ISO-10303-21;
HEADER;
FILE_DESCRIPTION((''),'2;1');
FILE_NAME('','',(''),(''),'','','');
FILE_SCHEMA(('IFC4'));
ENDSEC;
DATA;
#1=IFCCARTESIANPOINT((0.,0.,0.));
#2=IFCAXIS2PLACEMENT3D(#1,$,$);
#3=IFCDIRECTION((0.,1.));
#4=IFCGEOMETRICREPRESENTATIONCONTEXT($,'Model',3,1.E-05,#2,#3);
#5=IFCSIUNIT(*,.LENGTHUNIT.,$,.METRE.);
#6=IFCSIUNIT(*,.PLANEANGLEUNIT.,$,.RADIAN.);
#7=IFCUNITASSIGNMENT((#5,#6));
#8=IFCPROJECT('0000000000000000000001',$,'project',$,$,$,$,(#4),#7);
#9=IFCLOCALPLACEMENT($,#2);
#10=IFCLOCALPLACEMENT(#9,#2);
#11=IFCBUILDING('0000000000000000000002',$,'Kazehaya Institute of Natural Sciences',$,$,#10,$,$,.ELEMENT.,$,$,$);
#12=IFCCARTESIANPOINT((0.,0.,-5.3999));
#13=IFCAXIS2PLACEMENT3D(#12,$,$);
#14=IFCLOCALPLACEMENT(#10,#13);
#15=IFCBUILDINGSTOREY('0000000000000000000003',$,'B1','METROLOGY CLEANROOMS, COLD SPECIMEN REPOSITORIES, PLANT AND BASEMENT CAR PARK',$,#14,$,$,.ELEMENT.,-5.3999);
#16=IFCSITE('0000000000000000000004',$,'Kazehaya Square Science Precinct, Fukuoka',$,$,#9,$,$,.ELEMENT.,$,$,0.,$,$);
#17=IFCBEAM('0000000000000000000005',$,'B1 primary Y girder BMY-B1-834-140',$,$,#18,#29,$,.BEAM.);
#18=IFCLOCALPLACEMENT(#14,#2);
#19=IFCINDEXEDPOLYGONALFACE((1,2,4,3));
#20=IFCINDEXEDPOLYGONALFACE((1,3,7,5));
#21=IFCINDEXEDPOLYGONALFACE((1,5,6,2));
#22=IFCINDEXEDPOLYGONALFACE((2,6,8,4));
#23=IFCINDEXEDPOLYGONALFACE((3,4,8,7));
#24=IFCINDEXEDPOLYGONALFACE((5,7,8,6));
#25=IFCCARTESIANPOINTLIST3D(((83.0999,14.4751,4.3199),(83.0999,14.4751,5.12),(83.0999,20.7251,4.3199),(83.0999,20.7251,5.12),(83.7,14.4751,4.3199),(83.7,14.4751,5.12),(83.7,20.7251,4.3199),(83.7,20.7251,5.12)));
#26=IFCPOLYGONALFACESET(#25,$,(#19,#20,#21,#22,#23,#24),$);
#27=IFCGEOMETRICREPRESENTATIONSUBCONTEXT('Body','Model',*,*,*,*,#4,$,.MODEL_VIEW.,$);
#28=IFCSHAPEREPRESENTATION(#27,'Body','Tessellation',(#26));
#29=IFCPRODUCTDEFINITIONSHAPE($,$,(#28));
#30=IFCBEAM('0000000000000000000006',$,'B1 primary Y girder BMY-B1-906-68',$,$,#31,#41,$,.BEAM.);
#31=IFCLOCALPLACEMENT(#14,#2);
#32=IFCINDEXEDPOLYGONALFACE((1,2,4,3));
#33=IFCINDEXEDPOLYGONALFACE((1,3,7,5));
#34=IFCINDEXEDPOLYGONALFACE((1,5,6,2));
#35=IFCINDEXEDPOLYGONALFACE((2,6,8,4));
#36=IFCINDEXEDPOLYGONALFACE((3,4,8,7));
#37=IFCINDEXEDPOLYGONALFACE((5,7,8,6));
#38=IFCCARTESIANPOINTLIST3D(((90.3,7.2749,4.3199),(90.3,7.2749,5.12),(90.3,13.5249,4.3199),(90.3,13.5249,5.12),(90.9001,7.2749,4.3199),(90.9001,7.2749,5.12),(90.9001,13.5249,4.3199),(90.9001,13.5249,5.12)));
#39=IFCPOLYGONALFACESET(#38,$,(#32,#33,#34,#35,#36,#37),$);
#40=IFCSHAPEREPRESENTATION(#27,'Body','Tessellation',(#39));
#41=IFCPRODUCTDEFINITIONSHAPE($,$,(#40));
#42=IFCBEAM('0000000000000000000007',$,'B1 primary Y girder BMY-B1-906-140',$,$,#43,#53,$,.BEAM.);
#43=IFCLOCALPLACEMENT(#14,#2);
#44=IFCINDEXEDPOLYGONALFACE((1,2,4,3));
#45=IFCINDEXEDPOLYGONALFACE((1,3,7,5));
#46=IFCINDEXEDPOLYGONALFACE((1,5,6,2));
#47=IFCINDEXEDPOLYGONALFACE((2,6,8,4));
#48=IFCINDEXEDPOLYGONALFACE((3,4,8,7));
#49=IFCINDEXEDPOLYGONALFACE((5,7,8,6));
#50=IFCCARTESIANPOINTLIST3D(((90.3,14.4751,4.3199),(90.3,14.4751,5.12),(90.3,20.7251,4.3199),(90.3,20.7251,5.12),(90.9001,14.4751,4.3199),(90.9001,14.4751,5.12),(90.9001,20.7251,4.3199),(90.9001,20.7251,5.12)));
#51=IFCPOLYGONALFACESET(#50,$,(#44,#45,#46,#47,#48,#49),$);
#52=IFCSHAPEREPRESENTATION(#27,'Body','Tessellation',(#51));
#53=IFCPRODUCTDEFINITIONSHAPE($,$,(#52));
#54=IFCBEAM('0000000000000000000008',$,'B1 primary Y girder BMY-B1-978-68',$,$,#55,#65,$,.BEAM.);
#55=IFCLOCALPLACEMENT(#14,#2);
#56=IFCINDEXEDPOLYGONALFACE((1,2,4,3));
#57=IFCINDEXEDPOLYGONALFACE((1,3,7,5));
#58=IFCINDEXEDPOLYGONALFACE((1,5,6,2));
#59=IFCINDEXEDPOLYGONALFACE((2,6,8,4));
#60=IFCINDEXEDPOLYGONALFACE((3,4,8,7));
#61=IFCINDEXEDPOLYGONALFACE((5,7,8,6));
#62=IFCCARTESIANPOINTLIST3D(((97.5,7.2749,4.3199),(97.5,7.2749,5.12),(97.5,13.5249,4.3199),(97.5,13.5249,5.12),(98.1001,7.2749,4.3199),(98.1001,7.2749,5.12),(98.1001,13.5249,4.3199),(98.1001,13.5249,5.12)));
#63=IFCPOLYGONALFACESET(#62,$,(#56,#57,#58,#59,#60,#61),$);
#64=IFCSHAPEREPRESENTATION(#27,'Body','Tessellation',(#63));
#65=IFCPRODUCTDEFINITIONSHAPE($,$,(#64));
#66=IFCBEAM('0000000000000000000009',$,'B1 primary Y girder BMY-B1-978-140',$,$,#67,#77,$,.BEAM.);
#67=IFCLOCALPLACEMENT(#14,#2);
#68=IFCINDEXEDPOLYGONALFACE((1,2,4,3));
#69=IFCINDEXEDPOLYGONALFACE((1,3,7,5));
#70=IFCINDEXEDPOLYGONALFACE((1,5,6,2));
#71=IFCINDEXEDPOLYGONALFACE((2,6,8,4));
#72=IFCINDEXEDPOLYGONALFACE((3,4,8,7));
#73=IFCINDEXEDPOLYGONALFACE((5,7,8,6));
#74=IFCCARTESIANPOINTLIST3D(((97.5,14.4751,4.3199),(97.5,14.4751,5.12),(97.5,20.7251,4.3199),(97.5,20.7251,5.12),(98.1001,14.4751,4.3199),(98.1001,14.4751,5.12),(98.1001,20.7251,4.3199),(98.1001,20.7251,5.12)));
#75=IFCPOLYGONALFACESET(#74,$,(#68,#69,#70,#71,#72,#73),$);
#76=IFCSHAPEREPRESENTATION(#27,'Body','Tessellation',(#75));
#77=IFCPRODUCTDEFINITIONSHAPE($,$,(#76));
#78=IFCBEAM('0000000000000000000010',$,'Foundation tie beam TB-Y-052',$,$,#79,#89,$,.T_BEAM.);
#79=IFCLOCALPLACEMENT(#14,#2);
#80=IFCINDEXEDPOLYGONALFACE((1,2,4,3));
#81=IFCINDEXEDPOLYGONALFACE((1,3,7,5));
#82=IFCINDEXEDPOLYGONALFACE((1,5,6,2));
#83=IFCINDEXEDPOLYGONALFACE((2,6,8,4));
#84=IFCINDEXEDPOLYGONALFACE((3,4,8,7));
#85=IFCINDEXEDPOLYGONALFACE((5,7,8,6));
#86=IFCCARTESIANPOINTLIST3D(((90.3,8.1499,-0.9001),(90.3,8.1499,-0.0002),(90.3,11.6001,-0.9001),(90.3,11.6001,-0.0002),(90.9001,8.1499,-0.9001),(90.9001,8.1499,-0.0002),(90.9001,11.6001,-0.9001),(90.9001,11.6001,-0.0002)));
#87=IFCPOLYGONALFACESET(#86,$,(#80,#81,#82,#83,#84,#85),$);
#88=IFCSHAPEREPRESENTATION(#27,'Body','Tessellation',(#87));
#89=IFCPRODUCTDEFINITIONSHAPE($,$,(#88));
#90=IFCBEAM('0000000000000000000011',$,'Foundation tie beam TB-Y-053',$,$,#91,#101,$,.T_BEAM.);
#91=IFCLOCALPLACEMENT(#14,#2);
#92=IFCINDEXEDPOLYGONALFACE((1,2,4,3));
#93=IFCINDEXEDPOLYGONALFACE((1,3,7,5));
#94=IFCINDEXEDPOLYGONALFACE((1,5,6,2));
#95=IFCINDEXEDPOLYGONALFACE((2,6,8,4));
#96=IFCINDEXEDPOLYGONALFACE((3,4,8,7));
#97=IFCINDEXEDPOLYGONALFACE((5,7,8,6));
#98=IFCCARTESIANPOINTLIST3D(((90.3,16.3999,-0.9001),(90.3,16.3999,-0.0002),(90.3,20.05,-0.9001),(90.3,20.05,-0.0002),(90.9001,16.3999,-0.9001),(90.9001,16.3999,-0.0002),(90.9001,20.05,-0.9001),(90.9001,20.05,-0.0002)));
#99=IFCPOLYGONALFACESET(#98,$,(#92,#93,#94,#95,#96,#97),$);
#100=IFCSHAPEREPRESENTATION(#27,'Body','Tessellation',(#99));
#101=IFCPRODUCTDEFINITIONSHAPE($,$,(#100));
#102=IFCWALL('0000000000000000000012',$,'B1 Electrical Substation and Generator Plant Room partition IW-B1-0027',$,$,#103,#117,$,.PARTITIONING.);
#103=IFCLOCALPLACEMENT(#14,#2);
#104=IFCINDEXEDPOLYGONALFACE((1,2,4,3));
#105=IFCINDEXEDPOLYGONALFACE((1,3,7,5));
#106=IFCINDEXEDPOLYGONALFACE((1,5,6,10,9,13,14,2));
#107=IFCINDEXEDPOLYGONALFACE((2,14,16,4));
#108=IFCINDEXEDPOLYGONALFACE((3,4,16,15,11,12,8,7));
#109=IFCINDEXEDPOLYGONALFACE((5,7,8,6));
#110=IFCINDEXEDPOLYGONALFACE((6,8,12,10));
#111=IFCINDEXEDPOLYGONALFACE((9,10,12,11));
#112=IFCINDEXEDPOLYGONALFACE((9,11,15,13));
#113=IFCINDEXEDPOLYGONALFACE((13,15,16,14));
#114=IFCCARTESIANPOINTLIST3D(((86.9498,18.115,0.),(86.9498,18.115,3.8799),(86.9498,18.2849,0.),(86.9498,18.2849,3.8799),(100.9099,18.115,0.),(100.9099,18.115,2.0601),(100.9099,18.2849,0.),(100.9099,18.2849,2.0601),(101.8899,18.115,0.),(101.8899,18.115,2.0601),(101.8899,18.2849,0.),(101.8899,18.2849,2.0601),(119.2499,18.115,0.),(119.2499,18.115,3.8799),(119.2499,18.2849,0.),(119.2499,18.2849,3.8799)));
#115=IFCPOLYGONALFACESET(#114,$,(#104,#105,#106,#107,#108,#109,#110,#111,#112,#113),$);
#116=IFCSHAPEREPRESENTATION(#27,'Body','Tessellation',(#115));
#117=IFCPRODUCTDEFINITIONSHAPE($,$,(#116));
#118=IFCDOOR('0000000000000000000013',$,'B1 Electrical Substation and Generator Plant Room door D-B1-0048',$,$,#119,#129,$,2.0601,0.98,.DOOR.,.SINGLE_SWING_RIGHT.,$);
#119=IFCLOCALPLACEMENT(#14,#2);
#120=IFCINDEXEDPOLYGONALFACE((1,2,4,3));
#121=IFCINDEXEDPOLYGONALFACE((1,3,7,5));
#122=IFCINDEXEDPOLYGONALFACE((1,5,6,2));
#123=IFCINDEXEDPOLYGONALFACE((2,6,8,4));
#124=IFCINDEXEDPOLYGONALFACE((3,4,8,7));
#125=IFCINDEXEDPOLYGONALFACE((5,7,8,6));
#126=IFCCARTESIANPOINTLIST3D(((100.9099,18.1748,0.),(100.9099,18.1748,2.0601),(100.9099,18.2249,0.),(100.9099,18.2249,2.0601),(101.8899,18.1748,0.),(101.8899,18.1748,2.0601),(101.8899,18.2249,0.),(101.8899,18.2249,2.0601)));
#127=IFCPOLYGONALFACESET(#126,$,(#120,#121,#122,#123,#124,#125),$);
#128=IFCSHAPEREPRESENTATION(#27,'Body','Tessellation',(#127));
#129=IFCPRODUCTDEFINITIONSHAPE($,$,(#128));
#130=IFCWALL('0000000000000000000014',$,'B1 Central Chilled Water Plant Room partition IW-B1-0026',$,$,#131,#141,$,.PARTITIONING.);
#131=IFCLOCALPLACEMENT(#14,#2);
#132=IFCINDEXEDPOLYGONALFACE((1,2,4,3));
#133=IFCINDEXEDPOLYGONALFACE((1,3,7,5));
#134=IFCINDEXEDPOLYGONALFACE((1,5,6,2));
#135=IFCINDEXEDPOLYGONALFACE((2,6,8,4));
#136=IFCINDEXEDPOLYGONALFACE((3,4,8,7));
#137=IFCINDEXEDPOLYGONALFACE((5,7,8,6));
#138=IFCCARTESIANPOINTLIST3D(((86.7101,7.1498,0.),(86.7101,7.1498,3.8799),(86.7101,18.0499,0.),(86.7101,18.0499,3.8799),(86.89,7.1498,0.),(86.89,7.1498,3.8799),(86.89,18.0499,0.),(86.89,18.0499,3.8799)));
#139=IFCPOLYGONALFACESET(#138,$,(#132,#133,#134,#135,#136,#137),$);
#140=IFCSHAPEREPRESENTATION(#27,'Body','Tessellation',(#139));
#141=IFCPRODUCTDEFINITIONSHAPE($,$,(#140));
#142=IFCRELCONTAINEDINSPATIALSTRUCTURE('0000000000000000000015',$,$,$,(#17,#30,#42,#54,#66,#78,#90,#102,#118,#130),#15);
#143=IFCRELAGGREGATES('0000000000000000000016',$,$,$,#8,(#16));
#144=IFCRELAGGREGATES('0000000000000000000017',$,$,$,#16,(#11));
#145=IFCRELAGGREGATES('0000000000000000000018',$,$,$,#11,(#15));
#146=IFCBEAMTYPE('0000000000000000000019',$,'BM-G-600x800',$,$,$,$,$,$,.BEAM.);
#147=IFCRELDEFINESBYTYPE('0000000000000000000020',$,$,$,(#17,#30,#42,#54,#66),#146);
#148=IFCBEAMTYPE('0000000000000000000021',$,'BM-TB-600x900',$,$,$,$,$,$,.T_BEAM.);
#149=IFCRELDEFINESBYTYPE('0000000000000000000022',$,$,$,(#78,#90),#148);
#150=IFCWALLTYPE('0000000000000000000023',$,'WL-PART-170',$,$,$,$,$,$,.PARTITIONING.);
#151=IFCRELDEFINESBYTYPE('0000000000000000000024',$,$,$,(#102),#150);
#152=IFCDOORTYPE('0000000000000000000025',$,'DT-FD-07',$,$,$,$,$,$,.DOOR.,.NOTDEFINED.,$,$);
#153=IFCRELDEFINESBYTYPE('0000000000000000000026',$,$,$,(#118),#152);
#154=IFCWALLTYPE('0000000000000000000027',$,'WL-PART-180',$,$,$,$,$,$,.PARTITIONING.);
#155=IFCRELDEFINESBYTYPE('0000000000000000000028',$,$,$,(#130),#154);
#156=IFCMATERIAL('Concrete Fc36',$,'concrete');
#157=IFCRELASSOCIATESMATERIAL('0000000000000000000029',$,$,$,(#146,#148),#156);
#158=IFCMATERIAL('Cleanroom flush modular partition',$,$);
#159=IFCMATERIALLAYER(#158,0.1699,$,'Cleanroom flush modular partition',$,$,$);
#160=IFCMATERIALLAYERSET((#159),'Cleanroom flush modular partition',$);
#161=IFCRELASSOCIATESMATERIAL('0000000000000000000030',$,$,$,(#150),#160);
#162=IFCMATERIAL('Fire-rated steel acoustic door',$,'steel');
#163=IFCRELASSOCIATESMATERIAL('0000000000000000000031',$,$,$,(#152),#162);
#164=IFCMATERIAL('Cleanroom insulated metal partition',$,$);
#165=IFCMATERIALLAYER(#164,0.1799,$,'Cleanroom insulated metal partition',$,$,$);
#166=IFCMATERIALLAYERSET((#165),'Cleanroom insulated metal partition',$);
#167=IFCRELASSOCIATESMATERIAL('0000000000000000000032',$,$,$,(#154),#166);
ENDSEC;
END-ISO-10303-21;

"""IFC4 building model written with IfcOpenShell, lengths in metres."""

from ifc_helpers import new_model, si_unit, direction, frame, frame_2d, origin, origin_2d, place, context, subcontext, project, spatial, rectangle, extrude, material, layer, layer_set, material_profile, profile_set, type_object, element, fill, save


model = new_model("IFC4")

# Units and contexts
model_context = context("Model", 3, precision=1e-05, world=origin(), true_north=direction((0.0, 1.0)))
body_context = subcontext(model_context, "Body", "Model", "MODEL_VIEW")
ifc_project = project(units=[si_unit("LENGTHUNIT", "METRE"), si_unit("PLANEANGLEUNIT", "RADIAN")], contexts=[model_context])

# Site, building, storey
site_placement = place(None, origin())
site = spatial("IfcSite", under=ifc_project, at=site_placement, Name="Kazehaya Square Science Precinct, Fukuoka", CompositionType="ELEMENT", RefElevation=0.0)
building_placement = place(site_placement, origin())
building = spatial("IfcBuilding", under=site, at=building_placement, Name="Kazehaya Institute of Natural Sciences", CompositionType="ELEMENT")
storey_placement = place(building_placement, frame((0.0, 0.0, -5.3999)))
storey = spatial("IfcBuildingStorey", under=building, at=storey_placement, Name="B1", Description="METROLOGY CLEANROOMS, COLD SPECIMEN REPOSITORIES, PLANT AND BASEMENT CAR PARK", CompositionType="ELEMENT", Elevation=-5.3999)

# Shared definitions
ifc_material_1 = material(Name="Concrete Fc36", Category="concrete")

# Beams
ifc_material_profile_1 = material_profile(ifc_material_1, rectangle(XDim=0.6001, YDim=0.8, at=origin_2d()), Name="RC-600x800")
ifc_profile_set_1 = profile_set([ifc_material_profile_1], Name="Concrete Fc36")
beam_type_1 = type_object("IfcBeamType", Name="BM-G-600x800", PredefinedType="BEAM", material=ifc_profile_set_1)
for number, where, z_axis, x_axis, name in (
    (1, (83.3999, 14.4751, 4.72), (0.0, 1.0, 0.0), (-1.0, 0.0, 0.0), "B1 primary Y girder BMY-B1-834-140"),
    (2, (90.6001, 7.2749, 4.72), (0.0, 1.0, 0.0), (-1.0, 0.0, 0.0), "B1 primary Y girder BMY-B1-906-68"),
    (3, (90.6001, 14.4751, 4.72), (0.0, 1.0, 0.0), (-1.0, 0.0, 0.0), "B1 primary Y girder BMY-B1-906-140"),
    (4, (97.8, 7.2749, 4.72), (0.0, 1.0, 0.0), (-1.0, 0.0, 0.0), "B1 primary Y girder BMY-B1-978-68"),
    (5, (97.8, 14.4751, 4.72), (0.0, 1.0, 0.0), (-1.0, 0.0, 0.0), "B1 primary Y girder BMY-B1-978-140"),
):
    element("IfcBeam", number, at=place(storey_placement, frame(where, z_axis=z_axis, x_axis=x_axis)), inside=storey, type_object=beam_type_1, Name=name, PredefinedType="BEAM", context=body_context, shape_type="SweptSolid", body=[
        extrude(rectangle(XDim=0.6001, YDim=0.8, at=origin_2d()), origin(), (0.0, 0.0, 1.0), 6.25),
    ])
ifc_material_profile_2 = material_profile(ifc_material_1, rectangle(XDim=0.6001, YDim=0.8999, at=origin_2d()), Name="RC-600x900")
ifc_profile_set_2 = profile_set([ifc_material_profile_2], Name="Concrete Fc36")
beam_type_2 = type_object("IfcBeamType", Name="BM-TB-600x900", PredefinedType="T_BEAM", material=ifc_profile_set_2)
beam_1_placement = place(storey_placement, frame((90.6001, 8.1499, -0.4502), z_axis=(0.0, 1.0, 0.0), x_axis=(-1.0, 0.0, 0.0)))
element("IfcBeam", 6, at=beam_1_placement, inside=storey, type_object=beam_type_2, Name="Foundation tie beam TB-Y-052", PredefinedType="T_BEAM", context=body_context, shape_type="SweptSolid", body=[
    extrude(rectangle(XDim=0.6001, YDim=0.8999, at=origin_2d()), origin(), (0.0, 0.0, 1.0), 3.4502),
])
beam_2_placement = place(storey_placement, frame((90.6001, 16.3999, -0.4502), z_axis=(0.0, 1.0, 0.0), x_axis=(-1.0, 0.0, 0.0)))
element("IfcBeam", 7, at=beam_2_placement, inside=storey, type_object=beam_type_2, Name="Foundation tie beam TB-Y-053", PredefinedType="T_BEAM", context=body_context, shape_type="SweptSolid", body=[
    extrude(rectangle(XDim=0.6001, YDim=0.8999, at=origin_2d()), origin(), (0.0, 0.0, 1.0), 3.6501),
])

# Wall, opening, door
ifc_material_2 = material(Name="Cleanroom flush modular partition")
ifc_layer_1 = layer(ifc_material_2, 0.1699, Name="Cleanroom flush modular partition")
ifc_layer_set_1 = layer_set([ifc_layer_1], Name="Cleanroom flush modular partition")
wall_type_1 = type_object("IfcWallType", Name="WL-PART-170", PredefinedType="PARTITIONING", material=ifc_layer_set_1)
wall_1_placement = place(storey_placement, frame((86.95, 18.2, 0.0), z_axis=(0.0, 0.0, 1.0), x_axis=(1.0, 0.0, 0.0)))
wall_1 = element("IfcWall", 8, at=wall_1_placement, inside=storey, type_object=wall_type_1, Name="B1 Electrical Substation and Generator Plant Room partition IW-B1-0027", PredefinedType="PARTITIONING", context=body_context, shape_type="SweptSolid", body=[
    extrude(rectangle(XDim=32.3, YDim=0.1699, at=frame_2d((16.1499, 0.0))), origin(), (0.0, 0.0, 1.0), 3.8799),
])
opening_placement = place(wall_1_placement, frame((13.96, 0.0, 0.0)))
opening = element("IfcOpeningElement", 9, at=opening_placement, cuts=wall_1, PredefinedType="OPENING", context=body_context, shape_type="SweptSolid", body=[
    extrude(rectangle(XDim=0.98, YDim=2.0601, at=frame_2d((0.49, 1.03))), frame((0.0, 0.095, 0.0), z_axis=(0.0, -1.0, 0.0), x_axis=(1.0, 0.0, 0.0)), (0.0, 0.0, 1.0), 0.1899),
])
ifc_material_3 = material(Name="Fire-rated steel acoustic door", Category="steel")
door_type = type_object("IfcDoorType", Name="DT-FD-07", OperationType="NOTDEFINED", PredefinedType="DOOR", material=ifc_material_3)
door_placement = place(opening_placement, origin())
door = element("IfcDoor", 10, at=door_placement, inside=storey, type_object=door_type, Name="B1 Electrical Substation and Generator Plant Room door D-B1-0048", OperationType="SINGLE_SWING_RIGHT", OverallHeight=2.0601, OverallWidth=0.98, PredefinedType="DOOR", context=body_context, shape_type="SweptSolid", body=[
    extrude(rectangle(XDim=0.98, YDim=2.0601, at=frame_2d((0.49, 1.03))), frame((0.0, 0.0249, 0.0), z_axis=(0.0, -1.0, 0.0), x_axis=(1.0, 0.0, 0.0)), (0.0, 0.0, 1.0), 0.05),
])
fill(opening, door)

# Wall
ifc_material_4 = material(Name="Cleanroom insulated metal partition")
ifc_layer_2 = layer(ifc_material_4, 0.1799, Name="Cleanroom insulated metal partition")
ifc_layer_set_2 = layer_set([ifc_layer_2], Name="Cleanroom insulated metal partition")
wall_type_2 = type_object("IfcWallType", Name="WL-PART-180", PredefinedType="PARTITIONING", material=ifc_layer_set_2)
wall_2_placement = place(storey_placement, frame((86.8, 18.05, 0.0), z_axis=(0.0, 0.0, 1.0), x_axis=(0.0, -1.0, 0.0)))
element("IfcWall", 11, at=wall_2_placement, inside=storey, type_object=wall_type_2, Name="B1 Central Chilled Water Plant Room partition IW-B1-0026", PredefinedType="PARTITIONING", context=body_context, shape_type="SweptSolid", body=[
    extrude(rectangle(XDim=10.9001, YDim=0.1799, at=frame_2d((5.4502, 0.0))), origin(), (0.0, 0.0, 1.0), 3.8799),
])

save(model, "model.ifc")
